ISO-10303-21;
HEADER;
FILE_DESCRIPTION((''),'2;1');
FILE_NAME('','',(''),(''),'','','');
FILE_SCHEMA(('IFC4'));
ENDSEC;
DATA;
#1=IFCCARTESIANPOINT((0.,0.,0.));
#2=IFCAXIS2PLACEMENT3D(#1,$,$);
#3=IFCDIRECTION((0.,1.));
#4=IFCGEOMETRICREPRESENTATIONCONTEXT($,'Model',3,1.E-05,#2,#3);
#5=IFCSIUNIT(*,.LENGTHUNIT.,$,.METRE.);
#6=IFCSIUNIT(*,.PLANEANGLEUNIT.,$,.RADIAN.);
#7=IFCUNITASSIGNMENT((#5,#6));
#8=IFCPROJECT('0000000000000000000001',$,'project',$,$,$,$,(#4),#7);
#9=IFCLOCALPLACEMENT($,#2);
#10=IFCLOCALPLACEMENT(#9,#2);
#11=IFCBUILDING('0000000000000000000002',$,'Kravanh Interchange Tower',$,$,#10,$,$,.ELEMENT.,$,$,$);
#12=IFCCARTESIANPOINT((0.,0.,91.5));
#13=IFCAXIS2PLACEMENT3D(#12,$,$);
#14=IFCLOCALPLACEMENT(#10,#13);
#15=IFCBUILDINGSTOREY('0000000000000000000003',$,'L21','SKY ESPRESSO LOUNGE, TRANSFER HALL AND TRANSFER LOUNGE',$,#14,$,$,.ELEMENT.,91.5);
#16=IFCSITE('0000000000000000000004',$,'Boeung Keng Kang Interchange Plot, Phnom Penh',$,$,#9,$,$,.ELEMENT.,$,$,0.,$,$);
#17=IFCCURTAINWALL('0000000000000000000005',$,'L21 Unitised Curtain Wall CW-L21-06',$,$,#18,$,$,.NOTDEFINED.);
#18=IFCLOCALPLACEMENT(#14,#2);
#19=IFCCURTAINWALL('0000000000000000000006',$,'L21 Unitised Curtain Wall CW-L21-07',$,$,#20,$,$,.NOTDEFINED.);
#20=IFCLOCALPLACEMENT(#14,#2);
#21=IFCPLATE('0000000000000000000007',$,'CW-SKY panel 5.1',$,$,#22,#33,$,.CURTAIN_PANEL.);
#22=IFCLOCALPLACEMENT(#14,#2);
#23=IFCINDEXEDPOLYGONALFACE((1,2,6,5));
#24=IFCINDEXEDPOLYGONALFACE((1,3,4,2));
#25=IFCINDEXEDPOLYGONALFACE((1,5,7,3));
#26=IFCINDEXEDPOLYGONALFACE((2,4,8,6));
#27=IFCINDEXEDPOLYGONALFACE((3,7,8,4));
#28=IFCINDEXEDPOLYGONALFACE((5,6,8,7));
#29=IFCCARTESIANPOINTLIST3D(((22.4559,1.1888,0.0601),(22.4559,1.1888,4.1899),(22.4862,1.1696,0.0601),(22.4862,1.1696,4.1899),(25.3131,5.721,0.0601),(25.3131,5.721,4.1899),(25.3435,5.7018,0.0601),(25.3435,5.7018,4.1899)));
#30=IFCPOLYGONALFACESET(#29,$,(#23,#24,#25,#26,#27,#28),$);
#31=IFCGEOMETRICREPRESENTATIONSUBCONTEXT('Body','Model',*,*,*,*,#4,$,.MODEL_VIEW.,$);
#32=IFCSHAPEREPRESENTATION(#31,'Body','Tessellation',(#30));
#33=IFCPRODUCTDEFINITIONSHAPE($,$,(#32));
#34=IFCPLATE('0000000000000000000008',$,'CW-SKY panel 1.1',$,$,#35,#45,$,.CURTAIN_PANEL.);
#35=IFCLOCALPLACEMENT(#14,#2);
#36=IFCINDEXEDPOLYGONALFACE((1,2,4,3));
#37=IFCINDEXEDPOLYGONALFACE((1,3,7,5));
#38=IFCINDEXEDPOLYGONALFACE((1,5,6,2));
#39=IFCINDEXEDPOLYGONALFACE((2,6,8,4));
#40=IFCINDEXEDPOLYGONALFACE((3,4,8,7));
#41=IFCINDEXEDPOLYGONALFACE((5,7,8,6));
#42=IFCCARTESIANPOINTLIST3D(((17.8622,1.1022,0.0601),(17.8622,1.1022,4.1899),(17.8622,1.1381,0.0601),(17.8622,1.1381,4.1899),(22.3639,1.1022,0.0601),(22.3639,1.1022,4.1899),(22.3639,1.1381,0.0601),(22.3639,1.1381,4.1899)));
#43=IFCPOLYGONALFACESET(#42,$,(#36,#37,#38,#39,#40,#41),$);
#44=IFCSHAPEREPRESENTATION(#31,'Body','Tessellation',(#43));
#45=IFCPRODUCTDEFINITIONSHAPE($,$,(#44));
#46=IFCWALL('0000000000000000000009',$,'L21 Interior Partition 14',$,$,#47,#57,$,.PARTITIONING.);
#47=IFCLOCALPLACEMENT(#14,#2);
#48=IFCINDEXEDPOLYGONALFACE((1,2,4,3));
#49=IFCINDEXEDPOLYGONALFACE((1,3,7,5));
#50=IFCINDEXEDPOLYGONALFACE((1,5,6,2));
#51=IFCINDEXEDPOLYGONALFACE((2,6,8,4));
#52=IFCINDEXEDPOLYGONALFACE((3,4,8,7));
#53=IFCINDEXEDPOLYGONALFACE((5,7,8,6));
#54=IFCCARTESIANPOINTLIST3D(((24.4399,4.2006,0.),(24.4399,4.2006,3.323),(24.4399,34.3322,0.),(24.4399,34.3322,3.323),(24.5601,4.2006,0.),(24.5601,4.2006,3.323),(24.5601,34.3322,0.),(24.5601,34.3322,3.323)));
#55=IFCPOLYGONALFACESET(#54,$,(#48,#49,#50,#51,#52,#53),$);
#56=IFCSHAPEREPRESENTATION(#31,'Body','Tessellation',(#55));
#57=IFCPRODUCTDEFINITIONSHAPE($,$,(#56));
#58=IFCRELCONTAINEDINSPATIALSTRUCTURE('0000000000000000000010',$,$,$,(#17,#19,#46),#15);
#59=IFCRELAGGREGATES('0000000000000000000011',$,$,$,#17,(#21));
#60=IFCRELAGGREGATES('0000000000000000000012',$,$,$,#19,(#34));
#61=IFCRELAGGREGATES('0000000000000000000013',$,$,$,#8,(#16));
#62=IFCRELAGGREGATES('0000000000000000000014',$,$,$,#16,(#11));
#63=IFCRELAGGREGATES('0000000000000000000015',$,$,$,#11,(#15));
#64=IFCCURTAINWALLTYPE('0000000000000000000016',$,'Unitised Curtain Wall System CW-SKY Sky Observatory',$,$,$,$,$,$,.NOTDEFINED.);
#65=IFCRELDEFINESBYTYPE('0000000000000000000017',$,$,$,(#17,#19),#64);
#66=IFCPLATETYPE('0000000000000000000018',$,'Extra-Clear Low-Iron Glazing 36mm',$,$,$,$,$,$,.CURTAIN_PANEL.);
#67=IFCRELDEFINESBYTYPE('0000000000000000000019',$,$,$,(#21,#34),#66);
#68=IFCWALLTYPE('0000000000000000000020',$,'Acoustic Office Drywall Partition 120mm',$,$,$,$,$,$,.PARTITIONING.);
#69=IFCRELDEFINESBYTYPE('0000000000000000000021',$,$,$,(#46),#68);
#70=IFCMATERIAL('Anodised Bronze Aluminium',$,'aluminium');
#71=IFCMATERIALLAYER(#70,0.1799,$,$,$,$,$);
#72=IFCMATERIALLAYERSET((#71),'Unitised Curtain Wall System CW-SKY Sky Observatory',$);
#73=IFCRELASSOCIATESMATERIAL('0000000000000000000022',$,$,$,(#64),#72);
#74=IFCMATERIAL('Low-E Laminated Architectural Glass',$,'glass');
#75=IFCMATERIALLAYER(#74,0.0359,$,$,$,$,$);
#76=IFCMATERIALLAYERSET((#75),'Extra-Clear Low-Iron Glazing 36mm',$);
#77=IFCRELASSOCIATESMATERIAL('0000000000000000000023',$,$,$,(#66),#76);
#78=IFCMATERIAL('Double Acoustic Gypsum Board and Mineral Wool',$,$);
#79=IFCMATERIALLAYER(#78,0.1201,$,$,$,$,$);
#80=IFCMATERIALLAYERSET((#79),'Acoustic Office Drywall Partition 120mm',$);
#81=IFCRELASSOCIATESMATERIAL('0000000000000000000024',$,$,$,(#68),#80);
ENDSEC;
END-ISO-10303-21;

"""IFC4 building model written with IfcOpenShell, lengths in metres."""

from ifc_helpers import new_model, si_unit, direction, frame, frame_2d, origin, origin_2d, place, context, subcontext, project, spatial, rectangle, extrude, material, layer, layer_set, type_object, element, aggregate, save


model = new_model("IFC4")

# Units and contexts
model_context = context("Model", 3, precision=1e-05, world=origin(), true_north=direction((0.0, 1.0)))
body_context = subcontext(model_context, "Body", "Model", "MODEL_VIEW")
ifc_project = project(units=[si_unit("LENGTHUNIT", "METRE"), si_unit("PLANEANGLEUNIT", "RADIAN")], contexts=[model_context])

# Site, building, storey
site_placement = place(None, origin())
site = spatial("IfcSite", under=ifc_project, at=site_placement, Name="Boeung Keng Kang Interchange Plot, Phnom Penh", CompositionType="ELEMENT", RefElevation=0.0)
building_placement = place(site_placement, origin())
building = spatial("IfcBuilding", under=site, at=building_placement, Name="Kravanh Interchange Tower", CompositionType="ELEMENT")
storey_placement = place(building_placement, frame((0.0, 0.0, 91.5)))
storey = spatial("IfcBuildingStorey", under=building, at=storey_placement, Name="L21", Description="SKY ESPRESSO LOUNGE, TRANSFER HALL AND TRANSFER LOUNGE", CompositionType="ELEMENT", Elevation=91.5)

# Curtain walls
ifc_material_1 = material(Name="Anodised Bronze Aluminium", Category="aluminium")
ifc_layer_1 = layer(ifc_material_1, 0.1799)
ifc_layer_set_1 = layer_set([ifc_layer_1], Name="Unitised Curtain Wall System CW-SKY Sky Observatory")
curtain_wall_type = type_object("IfcCurtainWallType", Name="Unitised Curtain Wall System CW-SKY Sky Observatory", PredefinedType="NOTDEFINED", material=ifc_layer_set_1)
curtain_wall_1_placement = place(storey_placement, origin())
curtain_wall_1 = element("IfcCurtainWall", 1, at=curtain_wall_1_placement, inside=storey, type_object=curtain_wall_type, Name="L21 Unitised Curtain Wall CW-L21-06", PredefinedType="NOTDEFINED")
curtain_wall_2_placement = place(storey_placement, origin())
curtain_wall_2 = element("IfcCurtainWall", 2, at=curtain_wall_2_placement, inside=storey, type_object=curtain_wall_type, Name="L21 Unitised Curtain Wall CW-L21-07", PredefinedType="NOTDEFINED")

# Plates
ifc_material_2 = material(Name="Low-E Laminated Architectural Glass", Category="glass")
ifc_layer_2 = layer(ifc_material_2, 0.0359)
ifc_layer_set_2 = layer_set([ifc_layer_2], Name="Extra-Clear Low-Iron Glazing 36mm")
plate_type = type_object("IfcPlateType", Name="Extra-Clear Low-Iron Glazing 36mm", PredefinedType="CURTAIN_PANEL", material=ifc_layer_set_2)
plate_1_placement = place(storey_placement, frame((23.8997, 3.4453, 0.0601), z_axis=(0.0, 0.0, 1.0), x_axis=(-0.533301, -0.845926, 0.0)))
plate_1 = element("IfcPlate", 3, at=plate_1_placement, type_object=plate_type, Name="CW-SKY panel 5.1", PredefinedType="CURTAIN_PANEL", context=body_context, shape_type="SweptSolid", body=[
    extrude(rectangle(XDim=5.3577, YDim=0.0359, at=origin_2d()), origin(), (0.0, 0.0, 1.0), 4.1299),
])
aggregate(curtain_wall_1, [plate_1])
plate_2_placement = place(storey_placement, frame((20.113, 1.1201, 0.0601), z_axis=(0.0, 0.0, 1.0), x_axis=(-1.0, 0.0, 0.0)))
plate_2 = element("IfcPlate", 4, at=plate_2_placement, type_object=plate_type, Name="CW-SKY panel 1.1", PredefinedType="CURTAIN_PANEL", context=body_context, shape_type="SweptSolid", body=[
    extrude(rectangle(XDim=4.5017, YDim=0.0359, at=origin_2d()), origin(), (0.0, 0.0, 1.0), 4.1299),
])
aggregate(curtain_wall_2, [plate_2])

# Wall
ifc_material_3 = material(Name="Double Acoustic Gypsum Board and Mineral Wool")
ifc_layer_3 = layer(ifc_material_3, 0.1201)
ifc_layer_set_3 = layer_set([ifc_layer_3], Name="Acoustic Office Drywall Partition 120mm")
wall_type = type_object("IfcWallType", Name="Acoustic Office Drywall Partition 120mm", PredefinedType="PARTITIONING", material=ifc_layer_set_3)
wall_placement = place(storey_placement, frame((24.5, 4.2004, 0.0), z_axis=(0.0, 0.0, 1.0), x_axis=(0.0, 1.0, 0.0)))
element("IfcWall", 5, at=wall_placement, inside=storey, type_object=wall_type, Name="L21 Interior Partition 14", PredefinedType="PARTITIONING", context=body_context, shape_type="SweptSolid", body=[
    extrude(rectangle(XDim=30.1316, YDim=0.1201, at=frame_2d((15.0659, 0.0))), origin(), (0.0, 0.0, 1.0), 3.323),
])

save(model, "model.ifc")
